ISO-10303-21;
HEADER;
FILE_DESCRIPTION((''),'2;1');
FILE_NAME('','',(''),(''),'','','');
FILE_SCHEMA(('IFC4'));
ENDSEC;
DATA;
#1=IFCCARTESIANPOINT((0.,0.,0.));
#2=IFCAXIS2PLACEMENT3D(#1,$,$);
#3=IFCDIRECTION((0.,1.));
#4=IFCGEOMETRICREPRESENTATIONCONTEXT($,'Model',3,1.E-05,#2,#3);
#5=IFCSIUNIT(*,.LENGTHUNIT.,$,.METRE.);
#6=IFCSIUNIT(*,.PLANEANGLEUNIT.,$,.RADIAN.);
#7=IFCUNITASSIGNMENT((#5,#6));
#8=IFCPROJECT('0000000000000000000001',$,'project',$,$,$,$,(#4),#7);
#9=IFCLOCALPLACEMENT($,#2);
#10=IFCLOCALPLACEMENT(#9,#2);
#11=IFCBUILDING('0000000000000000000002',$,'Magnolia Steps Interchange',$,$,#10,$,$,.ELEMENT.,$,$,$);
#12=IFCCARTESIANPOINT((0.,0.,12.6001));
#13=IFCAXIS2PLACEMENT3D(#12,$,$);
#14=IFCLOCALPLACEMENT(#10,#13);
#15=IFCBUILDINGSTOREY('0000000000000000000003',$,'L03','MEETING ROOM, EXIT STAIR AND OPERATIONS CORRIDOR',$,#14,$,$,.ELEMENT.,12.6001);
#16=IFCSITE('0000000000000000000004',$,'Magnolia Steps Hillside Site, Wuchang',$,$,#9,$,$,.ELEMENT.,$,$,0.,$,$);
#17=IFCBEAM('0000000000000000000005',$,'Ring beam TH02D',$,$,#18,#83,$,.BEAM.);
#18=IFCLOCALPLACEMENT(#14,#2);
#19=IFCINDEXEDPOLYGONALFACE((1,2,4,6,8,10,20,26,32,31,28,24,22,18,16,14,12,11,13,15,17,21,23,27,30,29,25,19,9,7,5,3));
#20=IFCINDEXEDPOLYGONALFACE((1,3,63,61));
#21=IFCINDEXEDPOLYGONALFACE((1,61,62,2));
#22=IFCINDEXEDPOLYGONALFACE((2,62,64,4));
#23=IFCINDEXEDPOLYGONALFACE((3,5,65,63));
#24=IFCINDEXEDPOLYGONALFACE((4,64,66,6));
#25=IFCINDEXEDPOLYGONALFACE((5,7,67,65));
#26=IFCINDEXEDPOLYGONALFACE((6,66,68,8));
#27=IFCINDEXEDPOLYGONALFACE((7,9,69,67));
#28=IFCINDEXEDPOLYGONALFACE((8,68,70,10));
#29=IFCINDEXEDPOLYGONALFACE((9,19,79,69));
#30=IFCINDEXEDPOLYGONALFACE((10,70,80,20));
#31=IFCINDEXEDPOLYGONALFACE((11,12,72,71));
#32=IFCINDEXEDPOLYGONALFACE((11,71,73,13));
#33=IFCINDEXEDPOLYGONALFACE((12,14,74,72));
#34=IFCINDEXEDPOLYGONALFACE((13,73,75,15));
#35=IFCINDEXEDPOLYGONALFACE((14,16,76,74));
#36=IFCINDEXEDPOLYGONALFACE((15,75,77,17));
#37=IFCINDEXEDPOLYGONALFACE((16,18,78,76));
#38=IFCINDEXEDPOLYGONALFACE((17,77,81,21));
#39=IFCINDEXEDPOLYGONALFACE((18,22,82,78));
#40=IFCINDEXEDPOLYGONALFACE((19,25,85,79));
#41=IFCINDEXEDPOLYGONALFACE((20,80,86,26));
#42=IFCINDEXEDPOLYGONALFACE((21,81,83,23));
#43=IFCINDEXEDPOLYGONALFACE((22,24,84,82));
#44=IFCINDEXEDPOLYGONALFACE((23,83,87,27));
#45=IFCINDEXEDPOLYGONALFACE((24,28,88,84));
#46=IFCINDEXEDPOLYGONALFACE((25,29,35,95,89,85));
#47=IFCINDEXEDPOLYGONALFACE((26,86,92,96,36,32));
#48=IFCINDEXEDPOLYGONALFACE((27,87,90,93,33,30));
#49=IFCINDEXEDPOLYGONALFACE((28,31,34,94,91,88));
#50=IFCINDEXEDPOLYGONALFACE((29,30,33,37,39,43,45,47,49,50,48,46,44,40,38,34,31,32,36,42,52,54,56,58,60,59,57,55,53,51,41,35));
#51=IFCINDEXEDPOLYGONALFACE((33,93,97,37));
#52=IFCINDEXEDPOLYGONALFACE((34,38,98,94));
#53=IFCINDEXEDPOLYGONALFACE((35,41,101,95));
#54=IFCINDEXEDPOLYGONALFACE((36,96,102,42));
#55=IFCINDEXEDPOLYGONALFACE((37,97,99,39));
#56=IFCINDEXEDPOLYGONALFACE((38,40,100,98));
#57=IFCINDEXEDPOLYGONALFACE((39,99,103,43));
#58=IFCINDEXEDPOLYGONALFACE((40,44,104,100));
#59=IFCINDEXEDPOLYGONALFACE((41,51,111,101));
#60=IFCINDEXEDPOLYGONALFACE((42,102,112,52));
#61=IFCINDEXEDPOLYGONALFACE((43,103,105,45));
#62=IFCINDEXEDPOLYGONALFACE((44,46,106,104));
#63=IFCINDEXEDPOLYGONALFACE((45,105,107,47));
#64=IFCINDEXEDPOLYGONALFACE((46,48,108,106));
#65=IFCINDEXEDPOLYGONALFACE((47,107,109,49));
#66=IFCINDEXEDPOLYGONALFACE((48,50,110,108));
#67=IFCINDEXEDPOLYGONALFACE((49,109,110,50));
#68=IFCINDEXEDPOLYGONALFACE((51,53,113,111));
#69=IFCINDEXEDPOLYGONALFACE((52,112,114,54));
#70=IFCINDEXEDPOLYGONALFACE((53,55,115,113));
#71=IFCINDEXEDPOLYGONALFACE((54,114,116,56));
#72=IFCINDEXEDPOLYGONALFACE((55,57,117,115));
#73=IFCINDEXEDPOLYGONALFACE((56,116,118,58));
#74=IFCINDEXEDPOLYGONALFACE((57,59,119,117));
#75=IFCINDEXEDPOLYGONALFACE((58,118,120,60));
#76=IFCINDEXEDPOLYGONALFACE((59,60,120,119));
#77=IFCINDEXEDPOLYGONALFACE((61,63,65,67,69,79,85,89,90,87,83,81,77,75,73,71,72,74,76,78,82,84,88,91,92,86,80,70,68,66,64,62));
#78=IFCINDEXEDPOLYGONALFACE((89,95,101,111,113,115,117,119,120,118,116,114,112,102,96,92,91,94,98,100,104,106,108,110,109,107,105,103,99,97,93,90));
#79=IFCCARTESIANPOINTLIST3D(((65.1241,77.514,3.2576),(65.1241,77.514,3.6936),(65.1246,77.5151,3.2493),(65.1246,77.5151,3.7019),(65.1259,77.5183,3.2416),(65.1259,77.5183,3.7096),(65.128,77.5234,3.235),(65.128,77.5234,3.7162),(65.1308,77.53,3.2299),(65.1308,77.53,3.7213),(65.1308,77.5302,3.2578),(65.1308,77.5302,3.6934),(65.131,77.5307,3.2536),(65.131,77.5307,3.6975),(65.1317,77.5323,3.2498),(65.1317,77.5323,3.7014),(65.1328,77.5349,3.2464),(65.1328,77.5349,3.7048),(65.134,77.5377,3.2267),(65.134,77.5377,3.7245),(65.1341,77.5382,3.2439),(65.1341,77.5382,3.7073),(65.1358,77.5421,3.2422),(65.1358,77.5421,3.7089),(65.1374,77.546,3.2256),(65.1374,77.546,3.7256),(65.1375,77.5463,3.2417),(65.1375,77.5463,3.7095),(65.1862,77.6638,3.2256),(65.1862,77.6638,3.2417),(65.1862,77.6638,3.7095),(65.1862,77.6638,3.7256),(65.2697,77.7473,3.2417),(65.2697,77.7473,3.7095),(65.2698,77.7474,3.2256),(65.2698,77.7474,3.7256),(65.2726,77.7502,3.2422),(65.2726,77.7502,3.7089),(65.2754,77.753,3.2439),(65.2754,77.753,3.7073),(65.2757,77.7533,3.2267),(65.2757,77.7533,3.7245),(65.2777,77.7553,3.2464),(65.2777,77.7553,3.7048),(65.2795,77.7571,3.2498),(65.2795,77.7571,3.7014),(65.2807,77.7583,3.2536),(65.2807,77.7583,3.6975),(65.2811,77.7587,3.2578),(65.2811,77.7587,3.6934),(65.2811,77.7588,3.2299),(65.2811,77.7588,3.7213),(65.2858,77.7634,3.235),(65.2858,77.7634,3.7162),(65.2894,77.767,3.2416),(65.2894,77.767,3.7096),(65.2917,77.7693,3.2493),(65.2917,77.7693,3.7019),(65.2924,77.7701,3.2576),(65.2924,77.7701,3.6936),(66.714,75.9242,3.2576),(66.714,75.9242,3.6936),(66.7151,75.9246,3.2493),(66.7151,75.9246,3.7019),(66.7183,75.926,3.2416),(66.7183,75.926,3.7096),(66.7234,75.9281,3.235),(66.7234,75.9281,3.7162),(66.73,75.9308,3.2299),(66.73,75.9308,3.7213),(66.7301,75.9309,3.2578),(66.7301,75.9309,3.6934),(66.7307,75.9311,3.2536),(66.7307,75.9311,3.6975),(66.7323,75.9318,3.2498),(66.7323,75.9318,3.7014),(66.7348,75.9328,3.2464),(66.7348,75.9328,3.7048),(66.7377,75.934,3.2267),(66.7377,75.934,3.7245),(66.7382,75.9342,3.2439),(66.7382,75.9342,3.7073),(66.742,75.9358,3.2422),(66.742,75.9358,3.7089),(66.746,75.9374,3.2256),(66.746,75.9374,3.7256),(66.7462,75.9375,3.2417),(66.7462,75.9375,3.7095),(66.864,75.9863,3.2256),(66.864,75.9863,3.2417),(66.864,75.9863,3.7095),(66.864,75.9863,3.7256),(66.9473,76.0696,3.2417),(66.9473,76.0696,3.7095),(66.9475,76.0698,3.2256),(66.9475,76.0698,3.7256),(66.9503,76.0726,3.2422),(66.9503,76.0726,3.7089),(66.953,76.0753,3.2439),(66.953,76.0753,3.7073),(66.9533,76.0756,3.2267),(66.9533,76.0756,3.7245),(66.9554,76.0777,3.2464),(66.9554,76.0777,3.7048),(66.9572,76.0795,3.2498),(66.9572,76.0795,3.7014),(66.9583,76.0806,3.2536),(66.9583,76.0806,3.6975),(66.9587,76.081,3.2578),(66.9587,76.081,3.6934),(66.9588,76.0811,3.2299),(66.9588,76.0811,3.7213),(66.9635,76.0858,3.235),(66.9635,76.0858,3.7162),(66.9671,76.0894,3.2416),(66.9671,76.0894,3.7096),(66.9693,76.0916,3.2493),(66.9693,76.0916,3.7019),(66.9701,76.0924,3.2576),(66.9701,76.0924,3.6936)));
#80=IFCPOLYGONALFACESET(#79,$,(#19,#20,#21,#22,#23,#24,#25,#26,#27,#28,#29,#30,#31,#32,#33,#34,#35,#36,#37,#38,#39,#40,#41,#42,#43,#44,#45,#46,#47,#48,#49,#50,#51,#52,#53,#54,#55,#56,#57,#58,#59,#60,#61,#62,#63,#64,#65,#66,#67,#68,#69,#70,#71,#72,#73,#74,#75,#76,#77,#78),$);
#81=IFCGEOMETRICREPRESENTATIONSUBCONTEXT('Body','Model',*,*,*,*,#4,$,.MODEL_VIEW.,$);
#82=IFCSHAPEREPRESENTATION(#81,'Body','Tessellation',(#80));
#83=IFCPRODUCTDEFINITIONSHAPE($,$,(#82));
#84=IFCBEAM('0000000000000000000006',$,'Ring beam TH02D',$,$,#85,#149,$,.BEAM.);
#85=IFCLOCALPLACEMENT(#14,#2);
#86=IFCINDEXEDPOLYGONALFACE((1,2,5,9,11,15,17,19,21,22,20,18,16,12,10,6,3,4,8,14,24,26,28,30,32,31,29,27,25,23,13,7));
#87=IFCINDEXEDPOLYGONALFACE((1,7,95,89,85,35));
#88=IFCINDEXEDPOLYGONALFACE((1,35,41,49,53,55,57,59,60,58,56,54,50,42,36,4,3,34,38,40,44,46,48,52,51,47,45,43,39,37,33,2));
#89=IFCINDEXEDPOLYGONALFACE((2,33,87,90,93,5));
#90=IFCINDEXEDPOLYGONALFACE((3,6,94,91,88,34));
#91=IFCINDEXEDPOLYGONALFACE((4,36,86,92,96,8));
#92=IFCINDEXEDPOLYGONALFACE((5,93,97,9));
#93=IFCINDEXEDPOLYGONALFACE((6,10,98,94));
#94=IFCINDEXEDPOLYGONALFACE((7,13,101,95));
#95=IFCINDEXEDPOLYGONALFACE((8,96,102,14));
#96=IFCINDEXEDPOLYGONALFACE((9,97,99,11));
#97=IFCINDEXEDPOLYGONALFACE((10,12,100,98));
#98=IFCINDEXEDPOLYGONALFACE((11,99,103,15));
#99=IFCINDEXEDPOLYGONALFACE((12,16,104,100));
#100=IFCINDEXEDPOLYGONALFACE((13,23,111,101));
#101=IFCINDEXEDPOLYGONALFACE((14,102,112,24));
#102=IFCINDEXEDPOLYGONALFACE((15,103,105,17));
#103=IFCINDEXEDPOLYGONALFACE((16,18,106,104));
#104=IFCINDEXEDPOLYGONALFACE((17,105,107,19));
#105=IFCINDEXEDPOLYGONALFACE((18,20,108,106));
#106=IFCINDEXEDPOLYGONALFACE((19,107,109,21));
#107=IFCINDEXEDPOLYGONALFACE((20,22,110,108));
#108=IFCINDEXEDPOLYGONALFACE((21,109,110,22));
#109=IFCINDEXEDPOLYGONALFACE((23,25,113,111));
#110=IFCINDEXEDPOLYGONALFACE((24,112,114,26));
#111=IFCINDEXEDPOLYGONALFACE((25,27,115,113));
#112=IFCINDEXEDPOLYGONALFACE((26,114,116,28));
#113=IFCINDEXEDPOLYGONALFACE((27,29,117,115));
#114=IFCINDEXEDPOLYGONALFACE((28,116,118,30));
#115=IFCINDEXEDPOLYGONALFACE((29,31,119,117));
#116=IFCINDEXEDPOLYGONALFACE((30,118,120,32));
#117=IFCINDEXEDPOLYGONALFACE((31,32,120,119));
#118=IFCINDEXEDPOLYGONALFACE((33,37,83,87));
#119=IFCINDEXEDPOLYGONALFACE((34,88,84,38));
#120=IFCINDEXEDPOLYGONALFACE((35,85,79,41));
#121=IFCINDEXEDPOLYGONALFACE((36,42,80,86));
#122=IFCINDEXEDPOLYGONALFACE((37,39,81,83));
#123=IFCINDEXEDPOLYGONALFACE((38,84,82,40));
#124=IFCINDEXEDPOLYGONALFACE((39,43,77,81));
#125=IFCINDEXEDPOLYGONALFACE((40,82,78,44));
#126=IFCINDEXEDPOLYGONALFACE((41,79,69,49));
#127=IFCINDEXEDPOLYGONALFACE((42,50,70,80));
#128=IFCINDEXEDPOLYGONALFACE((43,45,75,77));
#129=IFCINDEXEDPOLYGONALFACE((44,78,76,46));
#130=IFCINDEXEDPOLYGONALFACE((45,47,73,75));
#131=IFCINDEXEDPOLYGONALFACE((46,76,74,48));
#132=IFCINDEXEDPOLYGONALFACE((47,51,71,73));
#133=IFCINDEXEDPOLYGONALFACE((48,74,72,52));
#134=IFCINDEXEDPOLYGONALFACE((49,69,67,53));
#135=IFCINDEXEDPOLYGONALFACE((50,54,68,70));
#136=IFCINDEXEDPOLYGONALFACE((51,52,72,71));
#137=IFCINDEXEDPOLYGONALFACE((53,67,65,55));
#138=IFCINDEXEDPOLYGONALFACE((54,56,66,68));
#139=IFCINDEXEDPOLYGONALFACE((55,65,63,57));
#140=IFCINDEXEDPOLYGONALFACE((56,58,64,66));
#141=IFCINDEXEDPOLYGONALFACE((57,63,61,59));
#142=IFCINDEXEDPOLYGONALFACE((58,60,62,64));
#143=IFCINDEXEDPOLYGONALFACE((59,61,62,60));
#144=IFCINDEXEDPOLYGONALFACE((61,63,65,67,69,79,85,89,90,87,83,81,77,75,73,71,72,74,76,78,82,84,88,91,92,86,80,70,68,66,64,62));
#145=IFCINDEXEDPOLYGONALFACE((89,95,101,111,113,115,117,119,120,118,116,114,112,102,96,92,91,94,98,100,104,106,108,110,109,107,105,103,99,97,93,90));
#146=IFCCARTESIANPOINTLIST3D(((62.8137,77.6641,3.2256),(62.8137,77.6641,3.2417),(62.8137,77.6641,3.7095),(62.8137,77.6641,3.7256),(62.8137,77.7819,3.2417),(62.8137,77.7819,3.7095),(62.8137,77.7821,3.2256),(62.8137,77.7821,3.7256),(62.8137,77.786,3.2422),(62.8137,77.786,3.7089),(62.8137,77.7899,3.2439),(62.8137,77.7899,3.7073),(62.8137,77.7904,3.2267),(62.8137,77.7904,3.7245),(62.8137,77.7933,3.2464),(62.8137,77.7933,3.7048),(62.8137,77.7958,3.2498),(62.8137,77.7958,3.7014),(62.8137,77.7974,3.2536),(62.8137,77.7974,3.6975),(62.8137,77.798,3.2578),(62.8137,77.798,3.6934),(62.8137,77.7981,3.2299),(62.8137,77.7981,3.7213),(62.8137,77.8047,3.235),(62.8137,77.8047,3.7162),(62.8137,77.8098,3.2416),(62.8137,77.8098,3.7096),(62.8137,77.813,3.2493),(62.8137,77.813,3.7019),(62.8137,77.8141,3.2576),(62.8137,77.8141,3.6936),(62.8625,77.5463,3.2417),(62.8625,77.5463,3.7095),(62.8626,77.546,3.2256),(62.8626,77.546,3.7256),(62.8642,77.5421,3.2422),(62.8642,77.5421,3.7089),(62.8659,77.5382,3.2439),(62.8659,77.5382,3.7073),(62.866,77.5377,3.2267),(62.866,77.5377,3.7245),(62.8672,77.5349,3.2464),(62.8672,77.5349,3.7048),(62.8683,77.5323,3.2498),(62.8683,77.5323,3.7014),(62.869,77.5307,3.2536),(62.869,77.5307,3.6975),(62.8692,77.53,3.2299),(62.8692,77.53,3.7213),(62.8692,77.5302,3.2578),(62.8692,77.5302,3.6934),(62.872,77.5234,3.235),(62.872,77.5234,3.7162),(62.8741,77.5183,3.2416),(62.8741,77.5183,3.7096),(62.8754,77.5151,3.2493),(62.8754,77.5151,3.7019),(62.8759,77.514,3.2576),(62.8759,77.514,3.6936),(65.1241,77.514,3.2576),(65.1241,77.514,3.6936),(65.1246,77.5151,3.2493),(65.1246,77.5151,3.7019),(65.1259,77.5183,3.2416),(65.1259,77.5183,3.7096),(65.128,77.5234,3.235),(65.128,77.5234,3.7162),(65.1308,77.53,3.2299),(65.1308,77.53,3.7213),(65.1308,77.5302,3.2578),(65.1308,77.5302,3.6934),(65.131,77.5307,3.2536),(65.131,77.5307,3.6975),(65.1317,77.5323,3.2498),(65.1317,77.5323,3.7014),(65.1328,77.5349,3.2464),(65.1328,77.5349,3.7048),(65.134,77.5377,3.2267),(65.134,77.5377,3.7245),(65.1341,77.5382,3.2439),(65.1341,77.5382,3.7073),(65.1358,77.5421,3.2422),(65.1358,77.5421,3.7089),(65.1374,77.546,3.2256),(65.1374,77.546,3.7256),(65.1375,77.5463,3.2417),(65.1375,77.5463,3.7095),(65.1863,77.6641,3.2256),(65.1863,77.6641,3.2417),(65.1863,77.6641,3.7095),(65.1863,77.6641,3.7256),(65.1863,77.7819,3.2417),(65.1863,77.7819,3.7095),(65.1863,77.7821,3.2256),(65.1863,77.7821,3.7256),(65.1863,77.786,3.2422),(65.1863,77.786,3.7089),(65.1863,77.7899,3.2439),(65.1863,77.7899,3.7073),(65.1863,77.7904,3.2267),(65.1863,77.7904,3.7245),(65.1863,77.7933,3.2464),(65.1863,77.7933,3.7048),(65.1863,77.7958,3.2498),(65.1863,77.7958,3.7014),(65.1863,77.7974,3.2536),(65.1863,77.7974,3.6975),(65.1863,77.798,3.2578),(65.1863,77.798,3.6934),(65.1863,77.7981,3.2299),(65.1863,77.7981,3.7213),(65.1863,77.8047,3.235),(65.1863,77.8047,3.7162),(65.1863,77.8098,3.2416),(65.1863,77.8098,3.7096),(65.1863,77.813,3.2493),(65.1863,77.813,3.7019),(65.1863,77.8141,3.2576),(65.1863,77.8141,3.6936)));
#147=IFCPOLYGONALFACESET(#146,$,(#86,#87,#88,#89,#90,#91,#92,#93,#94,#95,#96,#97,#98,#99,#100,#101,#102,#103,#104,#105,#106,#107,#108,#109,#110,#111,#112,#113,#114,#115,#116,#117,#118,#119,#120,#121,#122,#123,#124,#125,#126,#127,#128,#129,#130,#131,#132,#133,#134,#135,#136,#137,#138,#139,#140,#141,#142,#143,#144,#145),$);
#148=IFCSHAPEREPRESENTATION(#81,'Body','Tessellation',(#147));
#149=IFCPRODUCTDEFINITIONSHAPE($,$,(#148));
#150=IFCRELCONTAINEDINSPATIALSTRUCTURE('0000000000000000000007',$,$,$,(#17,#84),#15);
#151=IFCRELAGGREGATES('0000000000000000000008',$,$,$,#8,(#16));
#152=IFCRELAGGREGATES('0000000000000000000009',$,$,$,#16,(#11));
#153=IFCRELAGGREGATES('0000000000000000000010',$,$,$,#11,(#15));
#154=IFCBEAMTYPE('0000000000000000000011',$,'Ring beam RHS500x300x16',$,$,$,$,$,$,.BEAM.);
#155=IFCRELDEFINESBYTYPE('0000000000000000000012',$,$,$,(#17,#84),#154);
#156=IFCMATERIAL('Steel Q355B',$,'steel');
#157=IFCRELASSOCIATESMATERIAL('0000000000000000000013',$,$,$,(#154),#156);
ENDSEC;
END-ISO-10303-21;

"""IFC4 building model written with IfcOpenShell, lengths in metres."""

from ifc_helpers import new_model, si_unit, direction, frame, origin, origin_2d, place, context, subcontext, project, spatial, hollow_rectangle, extrude, clip, halfspace, material, material_profile, profile_set, type_object, element, save


model = new_model("IFC4")

# Units and contexts
model_context = context("Model", 3, precision=1e-05, world=origin(), true_north=direction((0.0, 1.0)))
body_context = subcontext(model_context, "Body", "Model", "MODEL_VIEW")
ifc_project = project(units=[si_unit("LENGTHUNIT", "METRE"), si_unit("PLANEANGLEUNIT", "RADIAN")], contexts=[model_context])

# Site, building, storey
site_placement = place(None, origin())
site = spatial("IfcSite", under=ifc_project, at=site_placement, Name="Magnolia Steps Hillside Site, Wuchang", CompositionType="ELEMENT", RefElevation=0.0)
building_placement = place(site_placement, origin())
building = spatial("IfcBuilding", under=site, at=building_placement, Name="Magnolia Steps Interchange", CompositionType="ELEMENT")
storey_placement = place(building_placement, frame((0.0, 0.0, 12.6001)))
storey = spatial("IfcBuildingStorey", under=building, at=storey_placement, Name="L03", Description="MEETING ROOM, EXIT STAIR AND OPERATIONS CORRIDOR", CompositionType="ELEMENT", Elevation=12.6001)

# Beams
ifc_material_1 = material(Name="Steel Q355B", Category="steel")
ifc_material_profile_1 = material_profile(ifc_material_1, hollow_rectangle(XDim=0.3, YDim=0.5, WallThickness=0.0161, InnerFilletRadius=0.0161, OuterFilletRadius=0.032, at=origin_2d()), Name="RHS500x300x16")
ifc_profile_set_1 = profile_set([ifc_material_profile_1], Name="Steel Q355B")
beam_type_1 = type_object("IfcBeamType", Name="Ring beam RHS500x300x16", PredefinedType="BEAM", material=ifc_profile_set_1)
beam_1_placement = place(storey_placement, frame((66.864, 75.9863, 3.4756), z_axis=(-0.707107, 0.707107, 0.0), x_axis=(-0.707107, -0.707107, 0.0)))
element("IfcBeam", 1, at=beam_1_placement, inside=storey, type_object=beam_type_1, Name="Ring beam TH02D", PredefinedType="BEAM", context=body_context, shape_type="Clipping", body=[
    clip(clip(extrude(hollow_rectangle(XDim=0.3, YDim=0.5, WallThickness=0.0161, InnerFilletRadius=0.0161, OuterFilletRadius=0.032, at=origin_2d()), origin(), (0.0, 0.0, 1.0), 2.3726), halfspace(frame((0.0, 0.0, 0.0), z_axis=(0.382683, 0.0, -0.92388), x_axis=(0.92388, 0.0, 0.382683)), False)), halfspace(frame((0.0, 0.0, 2.3727), z_axis=(0.382683, 0.0, 0.92388), x_axis=(0.92388, 0.0, -0.382683)), False)),
])
beam_2_placement = place(storey_placement, frame((65.1863, 77.6641, 3.4756), z_axis=(-1.0, 0.0, 0.0), x_axis=(0.0, -1.0, 0.0)))
element("IfcBeam", 2, at=beam_2_placement, inside=storey, type_object=beam_type_1, Name="Ring beam TH02D", PredefinedType="BEAM", context=body_context, shape_type="Clipping", body=[
    clip(clip(extrude(hollow_rectangle(XDim=0.3, YDim=0.5, WallThickness=0.0161, InnerFilletRadius=0.0161, OuterFilletRadius=0.032, at=origin_2d()), origin(), (0.0, 0.0, 1.0), 2.3726), halfspace(frame((0.0, 0.0, 0.0), z_axis=(0.382683, 0.0, -0.92388), x_axis=(0.92388, 0.0, 0.382683)), False)), halfspace(frame((0.0, 0.0, 2.3726), z_axis=(0.382683, 0.0, 0.92388), x_axis=(0.92388, 0.0, -0.382683)), False)),
])

save(model, "model.ifc")
